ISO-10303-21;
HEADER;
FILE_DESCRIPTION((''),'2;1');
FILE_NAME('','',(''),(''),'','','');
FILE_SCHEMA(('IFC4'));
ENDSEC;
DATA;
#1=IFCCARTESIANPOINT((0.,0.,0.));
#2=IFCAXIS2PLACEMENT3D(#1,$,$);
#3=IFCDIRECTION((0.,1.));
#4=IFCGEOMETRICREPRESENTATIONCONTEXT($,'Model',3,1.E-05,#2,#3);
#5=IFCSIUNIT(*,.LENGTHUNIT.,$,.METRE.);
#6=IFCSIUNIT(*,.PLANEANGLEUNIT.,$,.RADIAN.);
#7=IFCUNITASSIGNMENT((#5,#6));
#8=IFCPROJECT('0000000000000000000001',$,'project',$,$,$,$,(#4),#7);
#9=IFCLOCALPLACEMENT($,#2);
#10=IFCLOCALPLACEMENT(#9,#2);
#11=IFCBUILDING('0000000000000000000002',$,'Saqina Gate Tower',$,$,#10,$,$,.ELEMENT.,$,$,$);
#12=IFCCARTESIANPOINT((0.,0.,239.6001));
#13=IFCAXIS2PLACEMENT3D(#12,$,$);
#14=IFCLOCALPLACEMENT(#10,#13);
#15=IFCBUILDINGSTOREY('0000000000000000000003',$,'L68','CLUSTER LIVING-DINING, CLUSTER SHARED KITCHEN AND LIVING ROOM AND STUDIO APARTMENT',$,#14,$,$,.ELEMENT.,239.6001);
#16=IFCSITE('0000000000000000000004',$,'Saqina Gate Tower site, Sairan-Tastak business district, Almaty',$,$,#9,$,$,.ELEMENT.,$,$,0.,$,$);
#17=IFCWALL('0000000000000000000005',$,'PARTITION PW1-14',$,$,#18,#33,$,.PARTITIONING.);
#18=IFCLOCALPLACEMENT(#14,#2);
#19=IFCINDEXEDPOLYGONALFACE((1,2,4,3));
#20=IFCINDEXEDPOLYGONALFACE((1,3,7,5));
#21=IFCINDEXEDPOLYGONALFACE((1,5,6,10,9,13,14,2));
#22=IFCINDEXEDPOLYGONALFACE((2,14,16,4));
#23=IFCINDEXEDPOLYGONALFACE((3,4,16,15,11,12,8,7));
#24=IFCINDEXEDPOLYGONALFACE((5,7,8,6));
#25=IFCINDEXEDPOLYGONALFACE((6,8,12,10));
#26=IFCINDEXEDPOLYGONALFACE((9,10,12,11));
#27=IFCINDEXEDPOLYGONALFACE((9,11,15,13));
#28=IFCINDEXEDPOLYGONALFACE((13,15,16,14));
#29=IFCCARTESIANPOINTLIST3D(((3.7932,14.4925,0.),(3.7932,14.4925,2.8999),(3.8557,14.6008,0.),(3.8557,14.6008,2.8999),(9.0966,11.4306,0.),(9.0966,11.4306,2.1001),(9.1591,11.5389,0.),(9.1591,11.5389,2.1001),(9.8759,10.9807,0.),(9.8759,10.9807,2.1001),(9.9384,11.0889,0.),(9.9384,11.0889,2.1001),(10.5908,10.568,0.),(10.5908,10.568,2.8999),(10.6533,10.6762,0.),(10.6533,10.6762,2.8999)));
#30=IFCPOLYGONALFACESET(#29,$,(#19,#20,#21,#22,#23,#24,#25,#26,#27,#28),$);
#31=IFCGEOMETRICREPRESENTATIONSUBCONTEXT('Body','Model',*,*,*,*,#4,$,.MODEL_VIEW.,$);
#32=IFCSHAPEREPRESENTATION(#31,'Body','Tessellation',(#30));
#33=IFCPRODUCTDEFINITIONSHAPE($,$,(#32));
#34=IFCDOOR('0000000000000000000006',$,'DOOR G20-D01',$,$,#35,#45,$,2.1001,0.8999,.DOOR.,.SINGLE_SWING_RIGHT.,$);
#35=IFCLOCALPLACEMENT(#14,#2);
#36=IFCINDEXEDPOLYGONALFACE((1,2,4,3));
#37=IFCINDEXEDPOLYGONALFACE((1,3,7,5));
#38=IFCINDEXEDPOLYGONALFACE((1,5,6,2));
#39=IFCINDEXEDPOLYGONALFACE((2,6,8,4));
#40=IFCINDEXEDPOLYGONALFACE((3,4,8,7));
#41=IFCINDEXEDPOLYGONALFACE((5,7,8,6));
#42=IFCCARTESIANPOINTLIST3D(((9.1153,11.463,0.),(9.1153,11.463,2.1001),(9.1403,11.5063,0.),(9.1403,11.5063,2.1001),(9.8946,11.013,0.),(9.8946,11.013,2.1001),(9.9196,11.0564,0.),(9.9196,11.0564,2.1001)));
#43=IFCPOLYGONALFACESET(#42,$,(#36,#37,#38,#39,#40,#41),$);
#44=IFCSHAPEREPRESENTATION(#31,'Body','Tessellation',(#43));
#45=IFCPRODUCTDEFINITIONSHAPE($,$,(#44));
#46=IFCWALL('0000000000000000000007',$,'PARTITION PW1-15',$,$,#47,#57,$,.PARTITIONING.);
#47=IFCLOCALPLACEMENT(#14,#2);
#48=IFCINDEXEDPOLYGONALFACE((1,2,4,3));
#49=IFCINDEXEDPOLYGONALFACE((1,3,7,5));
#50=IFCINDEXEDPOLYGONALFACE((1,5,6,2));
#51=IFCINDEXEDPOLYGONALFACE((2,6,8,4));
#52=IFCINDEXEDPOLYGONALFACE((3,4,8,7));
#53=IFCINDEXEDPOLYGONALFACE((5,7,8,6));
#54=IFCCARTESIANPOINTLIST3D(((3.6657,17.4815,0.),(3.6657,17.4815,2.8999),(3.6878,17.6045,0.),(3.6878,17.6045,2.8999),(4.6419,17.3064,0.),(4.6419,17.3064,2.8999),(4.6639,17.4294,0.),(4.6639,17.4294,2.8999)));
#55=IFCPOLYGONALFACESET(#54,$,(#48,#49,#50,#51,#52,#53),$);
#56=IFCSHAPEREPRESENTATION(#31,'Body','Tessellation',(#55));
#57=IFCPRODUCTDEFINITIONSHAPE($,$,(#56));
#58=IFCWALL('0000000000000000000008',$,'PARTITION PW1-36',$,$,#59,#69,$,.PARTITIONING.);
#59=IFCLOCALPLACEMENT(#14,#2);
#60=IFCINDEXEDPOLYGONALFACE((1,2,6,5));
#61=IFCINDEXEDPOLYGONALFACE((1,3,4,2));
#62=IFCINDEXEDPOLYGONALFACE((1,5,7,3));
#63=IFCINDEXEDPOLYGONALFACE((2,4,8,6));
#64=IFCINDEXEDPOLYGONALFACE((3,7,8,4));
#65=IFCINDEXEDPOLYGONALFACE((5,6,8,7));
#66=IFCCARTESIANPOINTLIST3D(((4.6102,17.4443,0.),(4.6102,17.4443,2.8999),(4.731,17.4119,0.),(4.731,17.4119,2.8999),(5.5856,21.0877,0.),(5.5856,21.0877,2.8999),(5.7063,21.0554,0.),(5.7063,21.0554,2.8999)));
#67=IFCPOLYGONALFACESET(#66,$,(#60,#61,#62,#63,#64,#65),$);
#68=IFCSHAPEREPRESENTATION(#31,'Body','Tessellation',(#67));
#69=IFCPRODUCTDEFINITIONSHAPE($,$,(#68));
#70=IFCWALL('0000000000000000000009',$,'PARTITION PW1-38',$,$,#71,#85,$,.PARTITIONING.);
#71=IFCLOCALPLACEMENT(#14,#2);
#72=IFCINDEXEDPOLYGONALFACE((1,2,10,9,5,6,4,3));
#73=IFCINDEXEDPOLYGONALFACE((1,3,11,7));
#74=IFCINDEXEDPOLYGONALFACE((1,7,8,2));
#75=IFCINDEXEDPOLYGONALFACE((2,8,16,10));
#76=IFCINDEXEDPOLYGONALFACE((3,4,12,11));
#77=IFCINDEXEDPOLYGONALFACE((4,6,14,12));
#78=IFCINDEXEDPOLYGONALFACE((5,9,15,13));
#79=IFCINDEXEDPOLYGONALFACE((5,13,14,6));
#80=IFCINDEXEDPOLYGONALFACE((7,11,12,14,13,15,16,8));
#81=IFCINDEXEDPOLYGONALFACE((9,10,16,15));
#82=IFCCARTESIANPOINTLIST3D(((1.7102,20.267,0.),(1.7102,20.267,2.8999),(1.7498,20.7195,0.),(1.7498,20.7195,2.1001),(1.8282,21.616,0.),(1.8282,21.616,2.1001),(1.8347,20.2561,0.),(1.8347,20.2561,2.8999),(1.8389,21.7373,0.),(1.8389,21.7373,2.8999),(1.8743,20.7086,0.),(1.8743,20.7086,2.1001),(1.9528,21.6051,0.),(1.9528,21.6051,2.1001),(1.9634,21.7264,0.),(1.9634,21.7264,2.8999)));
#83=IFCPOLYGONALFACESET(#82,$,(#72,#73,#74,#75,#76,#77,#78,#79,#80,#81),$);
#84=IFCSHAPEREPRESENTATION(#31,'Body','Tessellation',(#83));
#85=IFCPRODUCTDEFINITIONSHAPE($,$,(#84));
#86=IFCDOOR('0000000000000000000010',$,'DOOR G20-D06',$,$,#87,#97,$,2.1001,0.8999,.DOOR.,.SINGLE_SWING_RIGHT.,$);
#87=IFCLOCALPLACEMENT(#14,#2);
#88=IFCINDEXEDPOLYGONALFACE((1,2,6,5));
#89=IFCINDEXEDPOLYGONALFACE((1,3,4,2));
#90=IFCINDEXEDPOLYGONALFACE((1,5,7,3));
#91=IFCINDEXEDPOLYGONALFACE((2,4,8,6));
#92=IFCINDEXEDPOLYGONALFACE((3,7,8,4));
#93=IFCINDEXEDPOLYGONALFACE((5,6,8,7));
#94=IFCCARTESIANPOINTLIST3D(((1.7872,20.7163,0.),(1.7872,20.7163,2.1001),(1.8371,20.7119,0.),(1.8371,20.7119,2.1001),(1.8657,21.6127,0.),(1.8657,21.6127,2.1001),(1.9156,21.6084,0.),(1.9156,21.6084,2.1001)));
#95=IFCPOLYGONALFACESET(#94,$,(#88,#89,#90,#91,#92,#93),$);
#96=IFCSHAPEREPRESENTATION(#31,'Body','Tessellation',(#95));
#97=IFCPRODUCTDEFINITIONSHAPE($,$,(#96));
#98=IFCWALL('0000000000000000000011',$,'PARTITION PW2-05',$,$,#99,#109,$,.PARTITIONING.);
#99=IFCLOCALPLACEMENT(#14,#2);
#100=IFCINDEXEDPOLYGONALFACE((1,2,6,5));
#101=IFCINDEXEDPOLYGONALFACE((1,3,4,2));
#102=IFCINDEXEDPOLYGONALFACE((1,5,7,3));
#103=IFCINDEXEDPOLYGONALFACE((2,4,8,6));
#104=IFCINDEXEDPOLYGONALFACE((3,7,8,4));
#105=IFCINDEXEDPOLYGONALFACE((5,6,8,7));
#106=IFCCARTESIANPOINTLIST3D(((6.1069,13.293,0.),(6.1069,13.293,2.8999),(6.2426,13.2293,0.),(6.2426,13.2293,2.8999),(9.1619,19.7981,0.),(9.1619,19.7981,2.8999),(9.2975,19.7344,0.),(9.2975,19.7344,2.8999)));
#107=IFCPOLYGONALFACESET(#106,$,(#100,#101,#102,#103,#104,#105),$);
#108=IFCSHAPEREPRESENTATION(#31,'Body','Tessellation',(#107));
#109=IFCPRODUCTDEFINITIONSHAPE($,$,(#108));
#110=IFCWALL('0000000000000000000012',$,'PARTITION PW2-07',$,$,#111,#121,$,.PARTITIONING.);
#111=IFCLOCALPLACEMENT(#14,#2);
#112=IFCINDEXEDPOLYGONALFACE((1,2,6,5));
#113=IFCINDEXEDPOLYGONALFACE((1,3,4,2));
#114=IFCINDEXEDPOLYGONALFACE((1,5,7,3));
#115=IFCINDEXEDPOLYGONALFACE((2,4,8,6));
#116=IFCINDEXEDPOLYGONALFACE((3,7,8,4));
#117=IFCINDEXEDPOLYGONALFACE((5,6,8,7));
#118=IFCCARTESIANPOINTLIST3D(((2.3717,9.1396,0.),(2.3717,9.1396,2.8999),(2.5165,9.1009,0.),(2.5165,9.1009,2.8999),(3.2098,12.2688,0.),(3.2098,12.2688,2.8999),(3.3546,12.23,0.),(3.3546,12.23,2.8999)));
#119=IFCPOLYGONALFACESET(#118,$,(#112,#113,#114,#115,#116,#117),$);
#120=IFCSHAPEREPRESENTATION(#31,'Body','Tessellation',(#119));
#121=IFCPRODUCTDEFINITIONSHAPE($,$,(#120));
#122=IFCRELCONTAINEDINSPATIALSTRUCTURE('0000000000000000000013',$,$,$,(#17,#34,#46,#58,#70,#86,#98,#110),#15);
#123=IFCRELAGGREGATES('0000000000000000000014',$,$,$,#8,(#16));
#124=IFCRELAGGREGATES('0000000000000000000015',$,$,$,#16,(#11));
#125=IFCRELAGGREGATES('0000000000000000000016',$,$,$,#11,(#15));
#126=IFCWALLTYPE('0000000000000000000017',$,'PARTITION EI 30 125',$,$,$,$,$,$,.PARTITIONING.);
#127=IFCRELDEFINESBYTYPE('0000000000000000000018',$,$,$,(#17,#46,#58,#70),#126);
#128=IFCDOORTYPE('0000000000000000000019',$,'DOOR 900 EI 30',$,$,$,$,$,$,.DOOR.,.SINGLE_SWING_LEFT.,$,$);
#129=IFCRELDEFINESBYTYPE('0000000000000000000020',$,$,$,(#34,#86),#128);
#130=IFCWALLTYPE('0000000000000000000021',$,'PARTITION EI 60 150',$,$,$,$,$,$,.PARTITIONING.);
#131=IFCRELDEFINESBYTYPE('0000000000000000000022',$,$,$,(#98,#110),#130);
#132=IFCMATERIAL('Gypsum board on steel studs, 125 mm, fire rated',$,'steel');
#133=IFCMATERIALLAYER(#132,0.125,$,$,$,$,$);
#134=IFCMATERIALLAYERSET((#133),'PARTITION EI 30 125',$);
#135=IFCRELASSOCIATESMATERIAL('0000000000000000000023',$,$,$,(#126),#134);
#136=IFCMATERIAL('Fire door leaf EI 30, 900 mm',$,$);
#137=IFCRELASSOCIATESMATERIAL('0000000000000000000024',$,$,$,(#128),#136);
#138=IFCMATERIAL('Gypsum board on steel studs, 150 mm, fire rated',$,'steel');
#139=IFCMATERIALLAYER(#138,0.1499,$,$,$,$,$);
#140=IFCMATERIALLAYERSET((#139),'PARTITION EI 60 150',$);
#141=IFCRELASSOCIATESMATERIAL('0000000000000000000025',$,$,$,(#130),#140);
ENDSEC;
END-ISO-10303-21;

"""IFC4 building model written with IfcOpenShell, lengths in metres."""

from ifc_helpers import new_model, si_unit, direction, frame, frame_2d, origin, place, context, subcontext, project, spatial, rectangle, extrude, material, layer, layer_set, type_object, element, fill, save


model = new_model("IFC4")

# Units and contexts
model_context = context("Model", 3, precision=1e-05, world=origin(), true_north=direction((0.0, 1.0)))
body_context = subcontext(model_context, "Body", "Model", "MODEL_VIEW")
ifc_project = project(units=[si_unit("LENGTHUNIT", "METRE"), si_unit("PLANEANGLEUNIT", "RADIAN")], contexts=[model_context])

# Site, building, storey
site_placement = place(None, origin())
site = spatial("IfcSite", under=ifc_project, at=site_placement, Name="Saqina Gate Tower site, Sairan-Tastak business district, Almaty", CompositionType="ELEMENT", RefElevation=0.0)
building_placement = place(site_placement, origin())
building = spatial("IfcBuilding", under=site, at=building_placement, Name="Saqina Gate Tower", CompositionType="ELEMENT")
storey_placement = place(building_placement, frame((0.0, 0.0, 239.6001)))
storey = spatial("IfcBuildingStorey", under=building, at=storey_placement, Name="L68", Description="CLUSTER LIVING-DINING, CLUSTER SHARED KITCHEN AND LIVING ROOM AND STUDIO APARTMENT", CompositionType="ELEMENT", Elevation=239.6001)

# Wall, opening, door
ifc_material_1 = material(Name="Gypsum board on steel studs, 125 mm, fire rated", Category="steel")
ifc_layer_1 = layer(ifc_material_1, 0.125)
ifc_layer_set_1 = layer_set([ifc_layer_1], Name="PARTITION EI 30 125")
wall_type_1 = type_object("IfcWallType", Name="PARTITION EI 30 125", PredefinedType="PARTITIONING", material=ifc_layer_set_1)
wall_1_placement = place(storey_placement, frame((3.8245, 14.5466, 0.0), z_axis=(0.0, 0.0, 1.0), x_axis=(0.866028, -0.499996, 0.0)))
wall_1 = element("IfcWall", 1, at=wall_1_placement, inside=storey, type_object=wall_type_1, Name="PARTITION PW1-14", PredefinedType="PARTITIONING", context=body_context, shape_type="SweptSolid", body=[
    extrude(rectangle(XDim=7.8491, YDim=0.125, at=frame_2d((3.9246, 0.0))), origin(), (0.0, 0.0, 1.0), 2.8999),
])
opening_1_placement = place(wall_1_placement, frame((6.1238, 0.0, 0.0)))
opening_1 = element("IfcOpeningElement", 2, at=opening_1_placement, cuts=wall_1, PredefinedType="OPENING", context=body_context, shape_type="SweptSolid", body=[
    extrude(rectangle(XDim=0.8999, YDim=2.1001, at=frame_2d((0.45, 1.05))), frame((0.0, 0.0745, 0.0), z_axis=(0.0, -1.0, 0.0), x_axis=(1.0, 0.0, 0.0)), (0.0, 0.0, 1.0), 0.1489),
])
ifc_material_2 = material(Name="Fire door leaf EI 30, 900 mm")
door_type_1 = type_object("IfcDoorType", Name="DOOR 900 EI 30", OperationType="SINGLE_SWING_LEFT", PredefinedType="DOOR", material=ifc_material_2)
door_1_placement = place(opening_1_placement, origin())
door_1 = element("IfcDoor", 3, at=door_1_placement, inside=storey, type_object=door_type_1, Name="DOOR G20-D01", OperationType="SINGLE_SWING_RIGHT", OverallHeight=2.1001, OverallWidth=0.8999, PredefinedType="DOOR", context=body_context, shape_type="SweptSolid", body=[
    extrude(rectangle(XDim=0.8999, YDim=2.1001, at=frame_2d((0.45, 1.05))), frame((0.0, 0.0249, 0.0), z_axis=(0.0, -1.0, 0.0), x_axis=(1.0, 0.0, 0.0)), (0.0, 0.0, 1.0), 0.05),
])
fill(opening_1, door_1)

# Walls
wall_2_placement = place(storey_placement, frame((3.6768, 17.543, 0.0), z_axis=(0.0, 0.0, 1.0), x_axis=(0.984296, -0.176523, 0.0)))
element("IfcWall", 4, at=wall_2_placement, inside=storey, type_object=wall_type_1, Name="PARTITION PW1-15", PredefinedType="PARTITIONING", context=body_context, shape_type="SweptSolid", body=[
    extrude(rectangle(XDim=0.9917, YDim=0.125, at=frame_2d((0.4958, 0.0))), origin(), (0.0, 0.0, 1.0), 2.8999),
])
wall_3_placement = place(storey_placement, frame((4.6707, 17.4282, 0.0), z_axis=(0.0, 0.0, 1.0), x_axis=(0.258585, 0.965988, 0.0)))
element("IfcWall", 5, at=wall_3_placement, inside=storey, type_object=wall_type_1, Name="PARTITION PW1-36", PredefinedType="PARTITIONING", context=body_context, shape_type="SweptSolid", body=[
    extrude(rectangle(XDim=3.7717, YDim=0.125, at=frame_2d((1.8857, 0.0))), origin(), (0.0, 0.0, 1.0), 2.8999),
])

# Wall, opening, door
wall_4_placement = place(storey_placement, frame((1.7725, 20.2617, 0.0), z_axis=(0.0, 0.0, 1.0), x_axis=(0.087179, 0.996193, 0.0)))
wall_4 = element("IfcWall", 6, at=wall_4_placement, inside=storey, type_object=wall_type_1, Name="PARTITION PW1-38", PredefinedType="PARTITIONING", context=body_context, shape_type="SweptSolid", body=[
    extrude(rectangle(XDim=1.4758, YDim=0.125, at=frame_2d((0.7378, 0.0))), origin(), (0.0, 0.0, 1.0), 2.8999),
])
opening_2_placement = place(wall_4_placement, frame((0.4541, 0.0, 0.0)))
opening_2 = element("IfcOpeningElement", 7, at=opening_2_placement, cuts=wall_4, PredefinedType="OPENING", context=body_context, shape_type="SweptSolid", body=[
    extrude(rectangle(XDim=0.8999, YDim=2.1001, at=frame_2d((0.45, 1.05))), frame((0.0, 0.0745, 0.0), z_axis=(0.0, -1.0, 0.0), x_axis=(1.0, 0.0, 0.0)), (0.0, 0.0, 1.0), 0.1489),
])
door_2_placement = place(opening_2_placement, origin())
door_2 = element("IfcDoor", 8, at=door_2_placement, inside=storey, type_object=door_type_1, Name="DOOR G20-D06", OperationType="SINGLE_SWING_RIGHT", OverallHeight=2.1001, OverallWidth=0.8999, PredefinedType="DOOR", context=body_context, shape_type="SweptSolid", body=[
    extrude(rectangle(XDim=0.8999, YDim=2.1001, at=frame_2d((0.45, 1.05))), frame((0.0, 0.0249, 0.0), z_axis=(0.0, -1.0, 0.0), x_axis=(1.0, 0.0, 0.0)), (0.0, 0.0, 1.0), 0.05),
])
fill(opening_2, door_2)

# Walls
ifc_material_3 = material(Name="Gypsum board on steel studs, 150 mm, fire rated", Category="steel")
ifc_layer_2 = layer(ifc_material_3, 0.1499)
ifc_layer_set_2 = layer_set([ifc_layer_2], Name="PARTITION EI 60 150")
wall_type_2 = type_object("IfcWallType", Name="PARTITION EI 60 150", PredefinedType="PARTITIONING", material=ifc_layer_set_2)
wall_5_placement = place(storey_placement, frame((6.1748, 13.2612, 0.0), z_axis=(0.0, 0.0, 1.0), x_axis=(0.425079, 0.905156, 0.0)))
element("IfcWall", 9, at=wall_5_placement, inside=storey, type_object=wall_type_2, Name="PARTITION PW2-05", PredefinedType="PARTITIONING", context=body_context, shape_type="SweptSolid", body=[
    extrude(rectangle(XDim=7.1868, YDim=0.1499, at=frame_2d((3.5933, 0.0))), origin(), (0.0, 0.0, 1.0), 2.8999),
])
wall_6_placement = place(storey_placement, frame((2.4441, 9.1204, 0.0), z_axis=(0.0, 0.0, 1.0), x_axis=(0.258727, 0.96595, 0.0)))
element("IfcWall", 10, at=wall_6_placement, inside=storey, type_object=wall_type_2, Name="PARTITION PW2-07", PredefinedType="PARTITIONING", context=body_context, shape_type="SweptSolid", body=[
    extrude(rectangle(XDim=3.2395, YDim=0.1499, at=frame_2d((1.6196, 0.0))), origin(), (0.0, 0.0, 1.0), 2.8999),
])

save(model, "model.ifc")
